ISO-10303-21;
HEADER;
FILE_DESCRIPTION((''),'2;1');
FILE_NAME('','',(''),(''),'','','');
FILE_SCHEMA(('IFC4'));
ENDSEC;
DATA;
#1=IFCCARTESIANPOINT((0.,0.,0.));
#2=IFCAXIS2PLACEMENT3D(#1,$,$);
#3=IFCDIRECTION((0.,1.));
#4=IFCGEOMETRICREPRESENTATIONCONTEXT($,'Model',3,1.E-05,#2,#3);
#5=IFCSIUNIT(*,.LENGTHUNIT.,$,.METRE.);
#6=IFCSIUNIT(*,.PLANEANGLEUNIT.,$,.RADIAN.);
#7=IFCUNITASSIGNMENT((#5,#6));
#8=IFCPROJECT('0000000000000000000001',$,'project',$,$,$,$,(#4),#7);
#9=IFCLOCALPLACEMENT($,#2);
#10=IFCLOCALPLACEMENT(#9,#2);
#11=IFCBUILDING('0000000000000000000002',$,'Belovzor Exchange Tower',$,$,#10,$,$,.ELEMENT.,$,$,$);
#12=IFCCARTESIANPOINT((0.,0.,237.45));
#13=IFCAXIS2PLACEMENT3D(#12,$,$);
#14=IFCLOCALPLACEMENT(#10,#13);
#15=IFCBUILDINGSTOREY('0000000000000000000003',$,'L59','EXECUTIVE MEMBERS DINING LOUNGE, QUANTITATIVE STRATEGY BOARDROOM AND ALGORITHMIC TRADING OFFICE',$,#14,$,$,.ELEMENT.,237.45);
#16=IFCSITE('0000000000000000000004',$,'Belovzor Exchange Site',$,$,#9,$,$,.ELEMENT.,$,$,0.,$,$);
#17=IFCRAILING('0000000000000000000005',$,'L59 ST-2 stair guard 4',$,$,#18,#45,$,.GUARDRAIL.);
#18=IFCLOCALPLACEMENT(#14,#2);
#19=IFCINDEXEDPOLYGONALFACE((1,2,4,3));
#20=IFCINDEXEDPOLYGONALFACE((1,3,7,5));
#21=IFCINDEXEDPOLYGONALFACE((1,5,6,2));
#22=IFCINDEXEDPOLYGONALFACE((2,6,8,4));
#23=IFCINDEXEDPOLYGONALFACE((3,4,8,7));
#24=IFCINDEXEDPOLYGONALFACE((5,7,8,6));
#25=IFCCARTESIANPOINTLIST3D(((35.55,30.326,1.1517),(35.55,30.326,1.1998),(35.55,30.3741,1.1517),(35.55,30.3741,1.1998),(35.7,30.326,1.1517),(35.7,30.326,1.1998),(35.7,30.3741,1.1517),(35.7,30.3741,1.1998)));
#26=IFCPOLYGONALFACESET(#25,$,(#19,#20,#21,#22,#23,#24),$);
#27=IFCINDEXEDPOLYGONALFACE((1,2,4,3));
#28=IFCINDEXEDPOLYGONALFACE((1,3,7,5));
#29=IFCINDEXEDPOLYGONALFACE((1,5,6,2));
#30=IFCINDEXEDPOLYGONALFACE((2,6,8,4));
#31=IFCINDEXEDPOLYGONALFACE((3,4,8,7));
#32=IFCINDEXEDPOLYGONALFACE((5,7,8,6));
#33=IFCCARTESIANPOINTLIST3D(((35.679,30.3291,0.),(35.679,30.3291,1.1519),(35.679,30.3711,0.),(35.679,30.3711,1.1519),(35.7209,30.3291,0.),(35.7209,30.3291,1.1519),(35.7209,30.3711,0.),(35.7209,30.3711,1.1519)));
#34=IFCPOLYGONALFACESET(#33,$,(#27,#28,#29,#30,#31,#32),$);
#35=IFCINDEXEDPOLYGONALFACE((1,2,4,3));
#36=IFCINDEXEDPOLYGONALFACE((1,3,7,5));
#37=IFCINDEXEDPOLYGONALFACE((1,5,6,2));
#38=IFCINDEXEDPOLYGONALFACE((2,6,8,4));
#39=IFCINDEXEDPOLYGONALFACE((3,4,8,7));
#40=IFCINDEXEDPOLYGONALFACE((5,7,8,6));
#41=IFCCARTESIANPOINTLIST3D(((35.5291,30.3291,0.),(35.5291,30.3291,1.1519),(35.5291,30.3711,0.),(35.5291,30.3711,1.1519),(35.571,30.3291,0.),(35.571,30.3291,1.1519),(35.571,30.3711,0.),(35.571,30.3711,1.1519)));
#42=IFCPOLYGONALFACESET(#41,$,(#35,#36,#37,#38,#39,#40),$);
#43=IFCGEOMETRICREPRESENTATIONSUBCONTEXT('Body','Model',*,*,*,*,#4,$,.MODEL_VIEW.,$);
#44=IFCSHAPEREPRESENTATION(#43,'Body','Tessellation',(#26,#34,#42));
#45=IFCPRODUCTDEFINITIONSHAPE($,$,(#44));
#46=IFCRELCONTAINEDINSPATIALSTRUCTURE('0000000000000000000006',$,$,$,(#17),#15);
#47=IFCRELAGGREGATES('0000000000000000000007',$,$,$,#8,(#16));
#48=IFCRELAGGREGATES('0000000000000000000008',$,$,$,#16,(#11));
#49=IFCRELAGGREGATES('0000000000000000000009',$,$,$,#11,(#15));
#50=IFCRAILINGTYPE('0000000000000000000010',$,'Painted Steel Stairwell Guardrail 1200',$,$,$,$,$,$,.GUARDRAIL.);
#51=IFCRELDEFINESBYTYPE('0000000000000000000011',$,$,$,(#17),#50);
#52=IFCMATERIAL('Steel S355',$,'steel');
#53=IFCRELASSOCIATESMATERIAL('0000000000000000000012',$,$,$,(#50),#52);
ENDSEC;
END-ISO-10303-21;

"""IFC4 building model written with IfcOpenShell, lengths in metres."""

from ifc_helpers import new_model, si_unit, direction, frame, origin, origin_2d, place, context, subcontext, project, spatial, rectangle, extrude, material, type_object, element, save


model = new_model("IFC4")

# Units and contexts
model_context = context("Model", 3, precision=1e-05, world=origin(), true_north=direction((0.0, 1.0)))
body_context = subcontext(model_context, "Body", "Model", "MODEL_VIEW")
ifc_project = project(units=[si_unit("LENGTHUNIT", "METRE"), si_unit("PLANEANGLEUNIT", "RADIAN")], contexts=[model_context])

# Site, building, storey
site_placement = place(None, origin())
site = spatial("IfcSite", under=ifc_project, at=site_placement, Name="Belovzor Exchange Site", CompositionType="ELEMENT", RefElevation=0.0)
building_placement = place(site_placement, origin())
building = spatial("IfcBuilding", under=site, at=building_placement, Name="Belovzor Exchange Tower", CompositionType="ELEMENT")
storey_placement = place(building_placement, frame((0.0, 0.0, 237.45)))
storey = spatial("IfcBuildingStorey", under=building, at=storey_placement, Name="L59", Description="EXECUTIVE MEMBERS DINING LOUNGE, QUANTITATIVE STRATEGY BOARDROOM AND ALGORITHMIC TRADING OFFICE", CompositionType="ELEMENT", Elevation=237.45)

# Railing
ifc_material_1 = material(Name="Steel S355", Category="steel")
railing_type_1 = type_object("IfcRailingType", Name="Painted Steel Stairwell Guardrail 1200", PredefinedType="GUARDRAIL", material=ifc_material_1)
for number, where, name in (
    (1, (35.7, 30.3501, 0.0), "L59 ST-2 stair guard 4"),
):
    element("IfcRailing", number, at=place(storey_placement, frame(where)), inside=storey, type_object=railing_type_1, Name=name, PredefinedType="GUARDRAIL", context=body_context, shape_type="SweptSolid", body=[
        extrude(rectangle(XDim=0.0481, YDim=0.0481, at=origin_2d()), frame((0.0, 0.0, 1.1758), z_axis=(-1.0, 0.0, 0.0), x_axis=(0.0, -1.0, 0.0)), (0.0, 0.0, 1.0), 0.1499),
        extrude(rectangle(XDim=0.042, YDim=0.042, at=origin_2d()), origin(), (0.0, 0.0, 1.0), 1.1519),
        extrude(rectangle(XDim=0.042, YDim=0.042, at=origin_2d()), frame((-0.1499, 0.0, 0.0)), (0.0, 0.0, 1.0), 1.1519),
    ])

save(model, "model.ifc")
